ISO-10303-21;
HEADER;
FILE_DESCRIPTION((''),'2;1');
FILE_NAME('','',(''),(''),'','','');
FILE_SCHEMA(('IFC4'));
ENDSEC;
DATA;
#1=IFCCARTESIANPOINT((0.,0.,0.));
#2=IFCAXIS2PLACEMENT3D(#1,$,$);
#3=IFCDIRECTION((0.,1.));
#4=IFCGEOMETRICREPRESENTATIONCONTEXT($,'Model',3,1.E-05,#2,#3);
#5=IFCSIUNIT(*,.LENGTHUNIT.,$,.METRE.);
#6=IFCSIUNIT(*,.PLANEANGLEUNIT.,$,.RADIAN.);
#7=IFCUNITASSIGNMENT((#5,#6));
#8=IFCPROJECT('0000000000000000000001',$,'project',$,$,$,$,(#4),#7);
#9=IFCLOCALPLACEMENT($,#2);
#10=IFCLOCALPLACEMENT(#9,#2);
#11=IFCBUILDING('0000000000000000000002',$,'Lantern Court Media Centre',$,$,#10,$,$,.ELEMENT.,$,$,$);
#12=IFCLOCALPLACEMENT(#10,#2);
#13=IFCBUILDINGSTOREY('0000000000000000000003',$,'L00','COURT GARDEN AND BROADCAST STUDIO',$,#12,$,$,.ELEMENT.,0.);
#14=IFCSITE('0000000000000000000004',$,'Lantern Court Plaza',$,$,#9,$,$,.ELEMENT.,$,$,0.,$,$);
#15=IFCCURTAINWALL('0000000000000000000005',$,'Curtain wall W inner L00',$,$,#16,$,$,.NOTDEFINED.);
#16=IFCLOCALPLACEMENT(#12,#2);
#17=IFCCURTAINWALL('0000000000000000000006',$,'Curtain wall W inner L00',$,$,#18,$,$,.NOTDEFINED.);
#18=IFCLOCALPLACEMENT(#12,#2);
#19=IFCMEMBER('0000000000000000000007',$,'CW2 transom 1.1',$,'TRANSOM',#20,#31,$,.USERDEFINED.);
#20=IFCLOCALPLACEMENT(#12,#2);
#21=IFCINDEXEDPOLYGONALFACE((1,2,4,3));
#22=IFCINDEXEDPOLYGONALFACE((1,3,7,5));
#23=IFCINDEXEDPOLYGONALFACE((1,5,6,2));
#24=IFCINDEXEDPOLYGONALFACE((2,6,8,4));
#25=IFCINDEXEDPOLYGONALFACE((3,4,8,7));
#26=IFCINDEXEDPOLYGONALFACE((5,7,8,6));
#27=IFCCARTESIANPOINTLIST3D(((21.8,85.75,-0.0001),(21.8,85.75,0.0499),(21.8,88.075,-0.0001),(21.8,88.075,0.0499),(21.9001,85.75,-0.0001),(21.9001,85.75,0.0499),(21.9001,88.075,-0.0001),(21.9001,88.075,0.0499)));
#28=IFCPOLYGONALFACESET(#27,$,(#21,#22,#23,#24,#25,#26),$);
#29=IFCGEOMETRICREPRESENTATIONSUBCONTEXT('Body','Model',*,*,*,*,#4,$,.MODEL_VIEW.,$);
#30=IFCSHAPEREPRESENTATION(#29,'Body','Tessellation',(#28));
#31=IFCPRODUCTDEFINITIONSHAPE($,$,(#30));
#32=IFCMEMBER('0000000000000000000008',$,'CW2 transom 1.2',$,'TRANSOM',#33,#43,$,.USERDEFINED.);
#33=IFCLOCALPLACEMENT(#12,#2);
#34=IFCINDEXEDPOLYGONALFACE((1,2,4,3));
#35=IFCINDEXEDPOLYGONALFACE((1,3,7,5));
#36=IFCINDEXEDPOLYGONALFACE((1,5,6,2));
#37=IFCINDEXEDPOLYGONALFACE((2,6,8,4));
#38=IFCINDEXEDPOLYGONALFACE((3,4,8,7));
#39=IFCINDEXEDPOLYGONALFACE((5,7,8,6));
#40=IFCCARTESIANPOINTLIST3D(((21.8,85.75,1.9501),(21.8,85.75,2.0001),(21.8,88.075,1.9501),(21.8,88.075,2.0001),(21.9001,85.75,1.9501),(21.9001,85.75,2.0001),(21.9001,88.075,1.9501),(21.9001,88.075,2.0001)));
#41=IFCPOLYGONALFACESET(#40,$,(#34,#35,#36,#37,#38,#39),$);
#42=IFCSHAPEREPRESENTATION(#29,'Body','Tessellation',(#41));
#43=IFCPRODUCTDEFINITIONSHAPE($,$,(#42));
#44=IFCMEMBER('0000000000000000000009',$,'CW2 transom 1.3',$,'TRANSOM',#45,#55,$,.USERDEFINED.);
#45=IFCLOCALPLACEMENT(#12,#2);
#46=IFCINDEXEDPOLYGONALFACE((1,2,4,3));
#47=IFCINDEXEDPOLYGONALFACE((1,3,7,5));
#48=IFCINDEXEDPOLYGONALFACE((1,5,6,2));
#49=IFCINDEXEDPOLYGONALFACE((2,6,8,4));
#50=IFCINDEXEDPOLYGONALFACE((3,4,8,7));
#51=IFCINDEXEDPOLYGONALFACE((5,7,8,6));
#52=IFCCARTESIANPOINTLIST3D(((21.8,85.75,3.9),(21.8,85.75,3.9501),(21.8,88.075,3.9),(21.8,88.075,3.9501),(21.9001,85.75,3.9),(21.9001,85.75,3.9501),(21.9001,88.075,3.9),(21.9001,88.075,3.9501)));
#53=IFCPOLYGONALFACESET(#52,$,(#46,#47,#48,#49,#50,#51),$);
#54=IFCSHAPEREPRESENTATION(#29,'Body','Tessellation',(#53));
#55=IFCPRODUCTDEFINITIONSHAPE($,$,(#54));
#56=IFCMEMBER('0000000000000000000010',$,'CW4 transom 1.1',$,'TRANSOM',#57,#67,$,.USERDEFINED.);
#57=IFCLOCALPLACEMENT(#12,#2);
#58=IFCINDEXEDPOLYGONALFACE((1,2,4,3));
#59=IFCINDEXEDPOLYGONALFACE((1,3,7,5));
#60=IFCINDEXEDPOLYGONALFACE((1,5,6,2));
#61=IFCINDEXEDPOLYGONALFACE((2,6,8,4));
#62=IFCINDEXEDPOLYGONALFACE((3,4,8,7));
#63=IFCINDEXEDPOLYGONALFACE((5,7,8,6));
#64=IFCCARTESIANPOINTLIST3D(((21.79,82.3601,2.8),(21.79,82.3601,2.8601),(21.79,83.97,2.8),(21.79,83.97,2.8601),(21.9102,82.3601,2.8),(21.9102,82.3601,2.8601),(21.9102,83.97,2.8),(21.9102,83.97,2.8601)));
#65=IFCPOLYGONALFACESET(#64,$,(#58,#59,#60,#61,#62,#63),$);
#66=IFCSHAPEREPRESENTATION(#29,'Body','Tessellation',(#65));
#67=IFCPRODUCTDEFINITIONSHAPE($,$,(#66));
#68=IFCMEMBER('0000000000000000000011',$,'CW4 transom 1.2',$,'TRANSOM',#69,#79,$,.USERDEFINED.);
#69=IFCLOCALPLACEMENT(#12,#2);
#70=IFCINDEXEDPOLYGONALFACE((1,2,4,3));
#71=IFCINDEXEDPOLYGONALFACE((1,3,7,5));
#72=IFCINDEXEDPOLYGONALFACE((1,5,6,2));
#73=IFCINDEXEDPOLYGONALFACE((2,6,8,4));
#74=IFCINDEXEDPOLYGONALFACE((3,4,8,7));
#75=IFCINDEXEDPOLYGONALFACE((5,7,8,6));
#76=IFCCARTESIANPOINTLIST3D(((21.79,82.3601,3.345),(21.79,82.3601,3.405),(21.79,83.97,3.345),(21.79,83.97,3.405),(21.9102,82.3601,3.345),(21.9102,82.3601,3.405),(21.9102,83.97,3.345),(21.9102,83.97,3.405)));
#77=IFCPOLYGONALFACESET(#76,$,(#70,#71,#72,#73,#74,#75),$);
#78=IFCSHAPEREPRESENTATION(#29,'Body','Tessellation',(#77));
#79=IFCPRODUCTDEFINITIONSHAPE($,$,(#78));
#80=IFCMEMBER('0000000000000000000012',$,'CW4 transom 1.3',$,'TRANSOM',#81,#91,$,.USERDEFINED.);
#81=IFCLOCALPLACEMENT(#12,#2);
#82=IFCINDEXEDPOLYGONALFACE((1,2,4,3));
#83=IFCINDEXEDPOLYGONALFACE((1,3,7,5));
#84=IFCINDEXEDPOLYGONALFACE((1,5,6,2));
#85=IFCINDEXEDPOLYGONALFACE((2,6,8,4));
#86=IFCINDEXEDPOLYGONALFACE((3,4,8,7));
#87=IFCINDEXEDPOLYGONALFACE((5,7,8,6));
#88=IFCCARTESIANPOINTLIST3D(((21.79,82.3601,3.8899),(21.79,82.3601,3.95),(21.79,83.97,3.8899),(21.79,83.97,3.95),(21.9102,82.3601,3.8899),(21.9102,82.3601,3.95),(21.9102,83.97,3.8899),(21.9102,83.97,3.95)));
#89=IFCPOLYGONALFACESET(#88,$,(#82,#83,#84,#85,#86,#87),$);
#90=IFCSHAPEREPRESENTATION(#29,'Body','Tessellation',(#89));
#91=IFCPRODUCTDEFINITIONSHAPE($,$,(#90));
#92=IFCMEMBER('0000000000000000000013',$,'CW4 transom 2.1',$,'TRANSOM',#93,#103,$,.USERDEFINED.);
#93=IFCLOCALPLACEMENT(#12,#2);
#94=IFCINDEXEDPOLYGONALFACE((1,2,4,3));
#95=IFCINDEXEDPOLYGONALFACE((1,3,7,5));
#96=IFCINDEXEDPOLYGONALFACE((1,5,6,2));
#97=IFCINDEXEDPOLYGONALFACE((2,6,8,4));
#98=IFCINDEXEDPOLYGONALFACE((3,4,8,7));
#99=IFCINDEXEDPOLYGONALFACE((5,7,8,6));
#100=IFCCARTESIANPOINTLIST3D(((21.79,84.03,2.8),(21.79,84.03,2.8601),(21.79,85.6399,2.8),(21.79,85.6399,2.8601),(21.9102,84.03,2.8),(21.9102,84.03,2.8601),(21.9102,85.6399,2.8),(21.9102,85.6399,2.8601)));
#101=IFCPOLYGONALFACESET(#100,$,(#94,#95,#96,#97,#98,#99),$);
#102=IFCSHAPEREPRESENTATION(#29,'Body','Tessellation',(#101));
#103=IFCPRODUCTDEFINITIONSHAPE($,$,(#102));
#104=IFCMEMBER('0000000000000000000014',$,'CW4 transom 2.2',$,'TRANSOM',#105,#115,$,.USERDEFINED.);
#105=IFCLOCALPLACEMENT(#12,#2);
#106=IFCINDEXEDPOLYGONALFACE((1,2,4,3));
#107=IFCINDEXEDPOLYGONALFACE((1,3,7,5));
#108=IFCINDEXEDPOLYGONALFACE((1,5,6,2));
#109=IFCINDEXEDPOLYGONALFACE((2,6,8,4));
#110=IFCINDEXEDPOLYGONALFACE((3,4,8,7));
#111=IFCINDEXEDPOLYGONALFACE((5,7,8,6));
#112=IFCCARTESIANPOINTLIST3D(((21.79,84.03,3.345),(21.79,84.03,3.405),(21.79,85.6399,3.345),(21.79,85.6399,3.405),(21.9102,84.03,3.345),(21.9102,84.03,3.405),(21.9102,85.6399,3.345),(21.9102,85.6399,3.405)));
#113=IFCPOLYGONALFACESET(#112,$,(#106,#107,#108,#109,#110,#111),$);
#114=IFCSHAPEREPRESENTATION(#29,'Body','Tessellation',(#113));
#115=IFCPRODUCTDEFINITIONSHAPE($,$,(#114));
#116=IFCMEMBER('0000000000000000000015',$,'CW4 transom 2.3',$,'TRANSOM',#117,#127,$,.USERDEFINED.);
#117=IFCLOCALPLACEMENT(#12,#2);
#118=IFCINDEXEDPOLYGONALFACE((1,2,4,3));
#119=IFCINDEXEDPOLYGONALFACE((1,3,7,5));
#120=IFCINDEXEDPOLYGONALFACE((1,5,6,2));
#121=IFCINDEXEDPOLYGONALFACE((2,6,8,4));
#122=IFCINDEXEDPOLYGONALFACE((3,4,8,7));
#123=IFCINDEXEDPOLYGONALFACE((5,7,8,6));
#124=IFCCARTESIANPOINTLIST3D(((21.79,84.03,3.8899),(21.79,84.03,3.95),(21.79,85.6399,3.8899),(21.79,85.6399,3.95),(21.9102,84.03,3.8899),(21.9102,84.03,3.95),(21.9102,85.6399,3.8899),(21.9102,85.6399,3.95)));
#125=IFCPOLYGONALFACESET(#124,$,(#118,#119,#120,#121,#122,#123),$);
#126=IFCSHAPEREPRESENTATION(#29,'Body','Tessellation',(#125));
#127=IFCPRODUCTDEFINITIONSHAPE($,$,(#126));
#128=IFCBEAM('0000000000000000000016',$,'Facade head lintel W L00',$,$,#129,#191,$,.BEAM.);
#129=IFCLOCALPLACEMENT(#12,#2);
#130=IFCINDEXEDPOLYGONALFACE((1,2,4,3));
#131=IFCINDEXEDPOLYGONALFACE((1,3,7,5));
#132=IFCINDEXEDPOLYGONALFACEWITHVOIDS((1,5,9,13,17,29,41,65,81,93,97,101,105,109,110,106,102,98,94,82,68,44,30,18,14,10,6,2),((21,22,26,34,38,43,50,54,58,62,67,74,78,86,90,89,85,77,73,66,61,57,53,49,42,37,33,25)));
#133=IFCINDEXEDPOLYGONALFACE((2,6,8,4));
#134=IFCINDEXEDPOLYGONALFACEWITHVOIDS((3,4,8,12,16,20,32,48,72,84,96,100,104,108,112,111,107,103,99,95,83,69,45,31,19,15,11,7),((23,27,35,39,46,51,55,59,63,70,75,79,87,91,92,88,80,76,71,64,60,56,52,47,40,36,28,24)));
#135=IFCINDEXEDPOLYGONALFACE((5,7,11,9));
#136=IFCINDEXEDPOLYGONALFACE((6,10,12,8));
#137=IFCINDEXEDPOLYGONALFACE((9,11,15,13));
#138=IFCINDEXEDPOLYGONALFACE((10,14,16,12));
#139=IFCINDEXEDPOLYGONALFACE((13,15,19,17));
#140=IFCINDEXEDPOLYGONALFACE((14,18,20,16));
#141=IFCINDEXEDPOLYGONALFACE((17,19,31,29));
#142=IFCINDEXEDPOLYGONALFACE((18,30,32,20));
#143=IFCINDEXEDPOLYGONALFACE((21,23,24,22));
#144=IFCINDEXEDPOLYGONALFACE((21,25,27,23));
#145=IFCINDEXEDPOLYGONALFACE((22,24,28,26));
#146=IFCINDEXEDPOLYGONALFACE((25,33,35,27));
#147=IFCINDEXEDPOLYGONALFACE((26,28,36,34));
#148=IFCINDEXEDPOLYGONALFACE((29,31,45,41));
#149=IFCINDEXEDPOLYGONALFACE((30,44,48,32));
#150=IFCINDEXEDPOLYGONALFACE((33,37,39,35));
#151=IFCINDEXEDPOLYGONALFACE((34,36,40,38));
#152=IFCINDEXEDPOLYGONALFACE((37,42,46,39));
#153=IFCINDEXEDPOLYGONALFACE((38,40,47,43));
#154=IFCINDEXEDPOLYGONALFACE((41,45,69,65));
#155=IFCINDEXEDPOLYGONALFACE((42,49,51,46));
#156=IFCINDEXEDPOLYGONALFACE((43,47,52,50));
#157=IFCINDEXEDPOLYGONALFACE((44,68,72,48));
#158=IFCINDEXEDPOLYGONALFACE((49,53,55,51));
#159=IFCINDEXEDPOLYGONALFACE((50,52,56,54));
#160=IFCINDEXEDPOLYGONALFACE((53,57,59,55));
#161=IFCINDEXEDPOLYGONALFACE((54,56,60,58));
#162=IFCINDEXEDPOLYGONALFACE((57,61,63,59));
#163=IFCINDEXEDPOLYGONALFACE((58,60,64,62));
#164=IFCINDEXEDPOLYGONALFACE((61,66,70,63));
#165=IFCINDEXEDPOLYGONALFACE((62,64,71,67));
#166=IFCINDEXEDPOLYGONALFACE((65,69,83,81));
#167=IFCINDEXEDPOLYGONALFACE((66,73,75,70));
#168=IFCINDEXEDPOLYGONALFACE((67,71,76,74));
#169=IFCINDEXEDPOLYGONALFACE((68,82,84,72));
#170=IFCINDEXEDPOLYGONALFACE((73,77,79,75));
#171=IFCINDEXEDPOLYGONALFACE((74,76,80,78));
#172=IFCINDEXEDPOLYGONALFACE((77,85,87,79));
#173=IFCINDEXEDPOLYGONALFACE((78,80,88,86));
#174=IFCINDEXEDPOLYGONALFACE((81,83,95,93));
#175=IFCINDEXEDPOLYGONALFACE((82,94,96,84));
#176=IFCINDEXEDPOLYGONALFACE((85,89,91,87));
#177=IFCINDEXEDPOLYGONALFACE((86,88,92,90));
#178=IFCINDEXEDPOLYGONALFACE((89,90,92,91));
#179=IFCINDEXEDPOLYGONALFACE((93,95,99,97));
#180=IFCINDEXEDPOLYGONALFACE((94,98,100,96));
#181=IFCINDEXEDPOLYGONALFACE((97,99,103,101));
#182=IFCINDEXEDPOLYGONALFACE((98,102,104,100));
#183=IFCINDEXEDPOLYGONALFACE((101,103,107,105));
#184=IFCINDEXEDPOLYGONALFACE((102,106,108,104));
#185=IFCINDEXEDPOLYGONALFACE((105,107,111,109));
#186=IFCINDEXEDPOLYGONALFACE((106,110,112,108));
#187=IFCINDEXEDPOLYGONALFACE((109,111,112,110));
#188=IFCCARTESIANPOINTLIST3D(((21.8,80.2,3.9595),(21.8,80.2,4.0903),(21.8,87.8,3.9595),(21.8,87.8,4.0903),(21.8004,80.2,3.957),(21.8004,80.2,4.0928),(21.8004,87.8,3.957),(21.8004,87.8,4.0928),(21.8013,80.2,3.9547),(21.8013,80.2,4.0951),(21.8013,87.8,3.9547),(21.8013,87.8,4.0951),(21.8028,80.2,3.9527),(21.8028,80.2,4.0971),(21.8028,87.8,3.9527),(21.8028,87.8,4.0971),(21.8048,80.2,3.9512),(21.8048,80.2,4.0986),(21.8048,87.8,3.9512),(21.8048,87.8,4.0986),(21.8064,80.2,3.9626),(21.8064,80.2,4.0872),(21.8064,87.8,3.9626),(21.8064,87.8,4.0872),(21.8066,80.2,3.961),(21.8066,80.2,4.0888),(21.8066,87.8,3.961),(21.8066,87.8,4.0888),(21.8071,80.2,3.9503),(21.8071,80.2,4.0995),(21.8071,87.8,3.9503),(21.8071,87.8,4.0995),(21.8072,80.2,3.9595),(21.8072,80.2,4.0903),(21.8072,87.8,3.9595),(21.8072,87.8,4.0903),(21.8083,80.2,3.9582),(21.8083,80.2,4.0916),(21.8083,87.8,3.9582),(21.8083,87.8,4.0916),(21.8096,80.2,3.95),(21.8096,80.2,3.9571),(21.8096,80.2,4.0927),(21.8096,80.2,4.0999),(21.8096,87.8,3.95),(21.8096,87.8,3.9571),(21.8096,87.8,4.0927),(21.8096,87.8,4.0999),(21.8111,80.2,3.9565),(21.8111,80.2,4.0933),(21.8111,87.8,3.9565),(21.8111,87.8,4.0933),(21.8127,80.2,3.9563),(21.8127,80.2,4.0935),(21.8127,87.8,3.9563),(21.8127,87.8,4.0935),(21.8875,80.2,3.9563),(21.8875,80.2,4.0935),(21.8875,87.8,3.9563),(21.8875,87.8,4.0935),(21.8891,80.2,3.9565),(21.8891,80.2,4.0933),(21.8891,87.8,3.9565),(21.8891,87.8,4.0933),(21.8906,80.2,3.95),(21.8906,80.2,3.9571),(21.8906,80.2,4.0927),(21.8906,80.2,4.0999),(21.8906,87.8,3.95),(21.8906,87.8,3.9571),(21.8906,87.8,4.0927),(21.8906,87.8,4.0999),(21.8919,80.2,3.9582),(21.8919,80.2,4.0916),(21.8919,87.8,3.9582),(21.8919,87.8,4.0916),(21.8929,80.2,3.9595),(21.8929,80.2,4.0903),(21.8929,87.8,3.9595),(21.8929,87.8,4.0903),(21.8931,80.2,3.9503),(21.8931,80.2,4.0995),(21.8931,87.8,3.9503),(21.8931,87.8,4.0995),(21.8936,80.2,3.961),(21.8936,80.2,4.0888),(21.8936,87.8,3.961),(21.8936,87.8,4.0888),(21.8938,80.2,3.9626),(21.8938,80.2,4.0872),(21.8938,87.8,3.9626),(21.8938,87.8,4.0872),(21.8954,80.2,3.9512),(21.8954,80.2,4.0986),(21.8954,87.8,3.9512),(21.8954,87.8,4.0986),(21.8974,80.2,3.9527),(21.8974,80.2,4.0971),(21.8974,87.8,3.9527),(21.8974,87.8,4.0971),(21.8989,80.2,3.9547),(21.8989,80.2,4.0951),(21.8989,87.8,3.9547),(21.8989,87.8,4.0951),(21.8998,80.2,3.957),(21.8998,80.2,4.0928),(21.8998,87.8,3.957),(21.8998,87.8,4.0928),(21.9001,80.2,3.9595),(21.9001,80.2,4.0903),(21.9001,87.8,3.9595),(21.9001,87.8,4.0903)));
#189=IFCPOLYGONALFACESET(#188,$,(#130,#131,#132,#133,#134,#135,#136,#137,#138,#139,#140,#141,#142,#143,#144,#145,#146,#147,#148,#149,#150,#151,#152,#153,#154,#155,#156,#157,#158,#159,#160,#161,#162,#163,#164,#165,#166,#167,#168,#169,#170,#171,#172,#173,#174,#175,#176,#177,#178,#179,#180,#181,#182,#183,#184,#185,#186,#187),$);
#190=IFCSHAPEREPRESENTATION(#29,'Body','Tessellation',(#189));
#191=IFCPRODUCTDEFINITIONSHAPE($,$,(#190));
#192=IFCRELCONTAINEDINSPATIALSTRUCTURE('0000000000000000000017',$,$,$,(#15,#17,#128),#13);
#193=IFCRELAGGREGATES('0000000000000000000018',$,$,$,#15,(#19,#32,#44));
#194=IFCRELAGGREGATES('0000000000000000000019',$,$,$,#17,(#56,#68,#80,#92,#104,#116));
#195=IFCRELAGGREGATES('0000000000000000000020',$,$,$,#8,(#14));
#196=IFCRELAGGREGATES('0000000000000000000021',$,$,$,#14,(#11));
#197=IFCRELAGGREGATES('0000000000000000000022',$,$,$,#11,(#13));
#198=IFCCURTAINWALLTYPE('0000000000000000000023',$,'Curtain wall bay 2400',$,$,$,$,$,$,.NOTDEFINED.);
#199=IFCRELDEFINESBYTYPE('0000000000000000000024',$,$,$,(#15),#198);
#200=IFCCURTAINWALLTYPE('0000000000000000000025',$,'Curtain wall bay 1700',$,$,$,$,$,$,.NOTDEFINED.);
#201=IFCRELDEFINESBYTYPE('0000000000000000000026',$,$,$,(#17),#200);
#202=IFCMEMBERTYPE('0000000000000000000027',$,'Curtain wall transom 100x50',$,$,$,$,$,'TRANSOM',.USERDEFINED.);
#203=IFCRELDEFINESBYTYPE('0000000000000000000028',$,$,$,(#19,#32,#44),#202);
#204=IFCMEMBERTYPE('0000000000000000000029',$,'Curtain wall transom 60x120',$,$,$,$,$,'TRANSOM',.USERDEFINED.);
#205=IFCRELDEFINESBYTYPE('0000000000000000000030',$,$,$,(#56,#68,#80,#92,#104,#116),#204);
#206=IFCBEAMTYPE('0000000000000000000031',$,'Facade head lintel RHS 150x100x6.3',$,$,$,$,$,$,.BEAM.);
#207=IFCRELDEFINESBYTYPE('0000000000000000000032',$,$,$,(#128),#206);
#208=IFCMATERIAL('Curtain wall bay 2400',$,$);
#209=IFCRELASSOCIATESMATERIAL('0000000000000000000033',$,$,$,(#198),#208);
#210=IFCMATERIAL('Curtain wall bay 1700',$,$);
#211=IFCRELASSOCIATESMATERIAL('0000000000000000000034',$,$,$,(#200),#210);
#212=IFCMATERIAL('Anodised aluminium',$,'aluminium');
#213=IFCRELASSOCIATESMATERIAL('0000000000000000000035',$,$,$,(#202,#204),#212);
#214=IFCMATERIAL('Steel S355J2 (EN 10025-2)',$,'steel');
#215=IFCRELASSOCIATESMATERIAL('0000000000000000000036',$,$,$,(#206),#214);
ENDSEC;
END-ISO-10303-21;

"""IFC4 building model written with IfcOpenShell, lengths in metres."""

from ifc_helpers import new_model, si_unit, direction, frame, origin, origin_2d, place, context, subcontext, project, spatial, rectangle, hollow_rectangle, extrude, material, material_profile, profile_set, type_object, element, aggregate, save


model = new_model("IFC4")

# Units and contexts
model_context = context("Model", 3, precision=1e-05, world=origin(), true_north=direction((0.0, 1.0)))
body_context = subcontext(model_context, "Body", "Model", "MODEL_VIEW")
ifc_project = project(units=[si_unit("LENGTHUNIT", "METRE"), si_unit("PLANEANGLEUNIT", "RADIAN")], contexts=[model_context])

# Site, building, storey
site_placement = place(None, origin())
site = spatial("IfcSite", under=ifc_project, at=site_placement, Name="Lantern Court Plaza", CompositionType="ELEMENT", RefElevation=0.0)
building_placement = place(site_placement, origin())
building = spatial("IfcBuilding", under=site, at=building_placement, Name="Lantern Court Media Centre", CompositionType="ELEMENT")
storey_placement = place(building_placement, origin())
storey = spatial("IfcBuildingStorey", under=building, at=storey_placement, Name="L00", Description="COURT GARDEN AND BROADCAST STUDIO", CompositionType="ELEMENT", Elevation=0.0)

# Curtain wall
ifc_material_1 = material(Name="Curtain wall bay 2400")
curtain_wall_type_1 = type_object("IfcCurtainWallType", Name="Curtain wall bay 2400", PredefinedType="NOTDEFINED", material=ifc_material_1)
ifc_material_2 = material(Name="Anodised aluminium", Category="aluminium")
curtain_wall_1_placement = place(storey_placement, origin())
curtain_wall_1 = element("IfcCurtainWall", 1, at=curtain_wall_1_placement, inside=storey, type_object=curtain_wall_type_1, Name="Curtain wall W inner L00", PredefinedType="NOTDEFINED")

# Curtain wall
ifc_material_3 = material(Name="Curtain wall bay 1700")
curtain_wall_type_2 = type_object("IfcCurtainWallType", Name="Curtain wall bay 1700", PredefinedType="NOTDEFINED", material=ifc_material_3)
curtain_wall_2_placement = place(storey_placement, origin())
curtain_wall_2 = element("IfcCurtainWall", 2, at=curtain_wall_2_placement, inside=storey, type_object=curtain_wall_type_2, Name="Curtain wall W inner L00", PredefinedType="NOTDEFINED")

# Members
ifc_material_profile_1 = material_profile(ifc_material_2, rectangle(XDim=0.1001, YDim=0.05, at=origin_2d()), Name="AL 50x100")
ifc_profile_set_1 = profile_set([ifc_material_profile_1], Name="Anodised aluminium")
member_type_1 = type_object("IfcMemberType", Name="Curtain wall transom 100x50", ElementType="TRANSOM", PredefinedType="USERDEFINED", material=ifc_profile_set_1)
member_1_placement = place(storey_placement, frame((21.8501, 85.75, 0.0249), z_axis=(0.0, 1.0, 0.0), x_axis=(-1.0, 0.0, 0.0)))
member_1 = element("IfcMember", 3, at=member_1_placement, type_object=member_type_1, Name="CW2 transom 1.1", ObjectType="TRANSOM", PredefinedType="USERDEFINED", context=body_context, shape_type="SweptSolid", body=[
    extrude(rectangle(XDim=0.1001, YDim=0.05, at=origin_2d()), origin(), (0.0, 0.0, 1.0), 2.325),
])
member_2_placement = place(storey_placement, frame((21.8501, 85.75, 1.9751), z_axis=(0.0, 1.0, 0.0), x_axis=(-1.0, 0.0, 0.0)))
member_2 = element("IfcMember", 4, at=member_2_placement, type_object=member_type_1, Name="CW2 transom 1.2", ObjectType="TRANSOM", PredefinedType="USERDEFINED", context=body_context, shape_type="SweptSolid", body=[
    extrude(rectangle(XDim=0.1001, YDim=0.05, at=origin_2d()), origin(), (0.0, 0.0, 1.0), 2.325),
])
member_3_placement = place(storey_placement, frame((21.8501, 85.75, 3.925), z_axis=(0.0, 1.0, 0.0), x_axis=(-1.0, 0.0, 0.0)))
member_3 = element("IfcMember", 5, at=member_3_placement, type_object=member_type_1, Name="CW2 transom 1.3", ObjectType="TRANSOM", PredefinedType="USERDEFINED", context=body_context, shape_type="SweptSolid", body=[
    extrude(rectangle(XDim=0.1001, YDim=0.05, at=origin_2d()), origin(), (0.0, 0.0, 1.0), 2.325),
])
aggregate(curtain_wall_1, [member_1, member_2, member_3])
ifc_material_profile_2 = material_profile(ifc_material_2, rectangle(XDim=0.1201, YDim=0.0601, at=origin_2d()), Name="AL 60x120")
ifc_profile_set_2 = profile_set([ifc_material_profile_2], Name="Anodised aluminium")
member_type_2 = type_object("IfcMemberType", Name="Curtain wall transom 60x120", ElementType="TRANSOM", PredefinedType="USERDEFINED", material=ifc_profile_set_2)
member_4_placement = place(storey_placement, frame((21.8501, 82.3601, 2.8301), z_axis=(0.0, 1.0, 0.0), x_axis=(-1.0, 0.0, 0.0)))
member_4 = element("IfcMember", 6, at=member_4_placement, type_object=member_type_2, Name="CW4 transom 1.1", ObjectType="TRANSOM", PredefinedType="USERDEFINED", context=body_context, shape_type="SweptSolid", body=[
    extrude(rectangle(XDim=0.1201, YDim=0.0601, at=origin_2d()), origin(), (0.0, 0.0, 1.0), 1.6099),
])
member_5_placement = place(storey_placement, frame((21.8501, 82.3601, 3.375), z_axis=(0.0, 1.0, 0.0), x_axis=(-1.0, 0.0, 0.0)))
member_5 = element("IfcMember", 7, at=member_5_placement, type_object=member_type_2, Name="CW4 transom 1.2", ObjectType="TRANSOM", PredefinedType="USERDEFINED", context=body_context, shape_type="SweptSolid", body=[
    extrude(rectangle(XDim=0.1201, YDim=0.0601, at=origin_2d()), origin(), (0.0, 0.0, 1.0), 1.6099),
])
member_6_placement = place(storey_placement, frame((21.8501, 82.3601, 3.9199), z_axis=(0.0, 1.0, 0.0), x_axis=(-1.0, 0.0, 0.0)))
member_6 = element("IfcMember", 8, at=member_6_placement, type_object=member_type_2, Name="CW4 transom 1.3", ObjectType="TRANSOM", PredefinedType="USERDEFINED", context=body_context, shape_type="SweptSolid", body=[
    extrude(rectangle(XDim=0.1201, YDim=0.0601, at=origin_2d()), origin(), (0.0, 0.0, 1.0), 1.6099),
])
member_7_placement = place(storey_placement, frame((21.8501, 84.03, 2.8301), z_axis=(0.0, 1.0, 0.0), x_axis=(-1.0, 0.0, 0.0)))
member_7 = element("IfcMember", 9, at=member_7_placement, type_object=member_type_2, Name="CW4 transom 2.1", ObjectType="TRANSOM", PredefinedType="USERDEFINED", context=body_context, shape_type="SweptSolid", body=[
    extrude(rectangle(XDim=0.1201, YDim=0.0601, at=origin_2d()), origin(), (0.0, 0.0, 1.0), 1.6099),
])
member_8_placement = place(storey_placement, frame((21.8501, 84.03, 3.375), z_axis=(0.0, 1.0, 0.0), x_axis=(-1.0, 0.0, 0.0)))
member_8 = element("IfcMember", 10, at=member_8_placement, type_object=member_type_2, Name="CW4 transom 2.2", ObjectType="TRANSOM", PredefinedType="USERDEFINED", context=body_context, shape_type="SweptSolid", body=[
    extrude(rectangle(XDim=0.1201, YDim=0.0601, at=origin_2d()), origin(), (0.0, 0.0, 1.0), 1.6099),
])
member_9_placement = place(storey_placement, frame((21.8501, 84.03, 3.9199), z_axis=(0.0, 1.0, 0.0), x_axis=(-1.0, 0.0, 0.0)))
member_9 = element("IfcMember", 11, at=member_9_placement, type_object=member_type_2, Name="CW4 transom 2.3", ObjectType="TRANSOM", PredefinedType="USERDEFINED", context=body_context, shape_type="SweptSolid", body=[
    extrude(rectangle(XDim=0.1201, YDim=0.0601, at=origin_2d()), origin(), (0.0, 0.0, 1.0), 1.6099),
])

# Beam
ifc_material_4 = material(Name="Steel S355J2 (EN 10025-2)", Category="steel")
ifc_material_profile_3 = material_profile(ifc_material_4, hollow_rectangle(XDim=0.1001, YDim=0.1499, WallThickness=0.0063, InnerFilletRadius=0.0063, OuterFilletRadius=0.0095, at=origin_2d()), Name="Facade head lintel RHS 150x100x6.3")
ifc_profile_set_3 = profile_set([ifc_material_profile_3], Name="Steel S355J2 (EN 10025-2)")
beam_type = type_object("IfcBeamType", Name="Facade head lintel RHS 150x100x6.3", PredefinedType="BEAM", material=ifc_profile_set_3)
beam_placement = place(storey_placement, frame((21.8501, 80.2, 4.0249), z_axis=(0.0, 1.0, 0.0), x_axis=(-1.0, 0.0, 0.0)))
element("IfcBeam", 12, at=beam_placement, inside=storey, type_object=beam_type, Name="Facade head lintel W L00", PredefinedType="BEAM", context=body_context, shape_type="SweptSolid", body=[
    extrude(hollow_rectangle(XDim=0.1001, YDim=0.1499, WallThickness=0.0063, InnerFilletRadius=0.0063, OuterFilletRadius=0.0095, at=origin_2d()), origin(), (0.0, 0.0, 1.0), 7.6001),
])

aggregate(curtain_wall_2, [member_4, member_5, member_6, member_7, member_8, member_9])

save(model, "model.ifc")
